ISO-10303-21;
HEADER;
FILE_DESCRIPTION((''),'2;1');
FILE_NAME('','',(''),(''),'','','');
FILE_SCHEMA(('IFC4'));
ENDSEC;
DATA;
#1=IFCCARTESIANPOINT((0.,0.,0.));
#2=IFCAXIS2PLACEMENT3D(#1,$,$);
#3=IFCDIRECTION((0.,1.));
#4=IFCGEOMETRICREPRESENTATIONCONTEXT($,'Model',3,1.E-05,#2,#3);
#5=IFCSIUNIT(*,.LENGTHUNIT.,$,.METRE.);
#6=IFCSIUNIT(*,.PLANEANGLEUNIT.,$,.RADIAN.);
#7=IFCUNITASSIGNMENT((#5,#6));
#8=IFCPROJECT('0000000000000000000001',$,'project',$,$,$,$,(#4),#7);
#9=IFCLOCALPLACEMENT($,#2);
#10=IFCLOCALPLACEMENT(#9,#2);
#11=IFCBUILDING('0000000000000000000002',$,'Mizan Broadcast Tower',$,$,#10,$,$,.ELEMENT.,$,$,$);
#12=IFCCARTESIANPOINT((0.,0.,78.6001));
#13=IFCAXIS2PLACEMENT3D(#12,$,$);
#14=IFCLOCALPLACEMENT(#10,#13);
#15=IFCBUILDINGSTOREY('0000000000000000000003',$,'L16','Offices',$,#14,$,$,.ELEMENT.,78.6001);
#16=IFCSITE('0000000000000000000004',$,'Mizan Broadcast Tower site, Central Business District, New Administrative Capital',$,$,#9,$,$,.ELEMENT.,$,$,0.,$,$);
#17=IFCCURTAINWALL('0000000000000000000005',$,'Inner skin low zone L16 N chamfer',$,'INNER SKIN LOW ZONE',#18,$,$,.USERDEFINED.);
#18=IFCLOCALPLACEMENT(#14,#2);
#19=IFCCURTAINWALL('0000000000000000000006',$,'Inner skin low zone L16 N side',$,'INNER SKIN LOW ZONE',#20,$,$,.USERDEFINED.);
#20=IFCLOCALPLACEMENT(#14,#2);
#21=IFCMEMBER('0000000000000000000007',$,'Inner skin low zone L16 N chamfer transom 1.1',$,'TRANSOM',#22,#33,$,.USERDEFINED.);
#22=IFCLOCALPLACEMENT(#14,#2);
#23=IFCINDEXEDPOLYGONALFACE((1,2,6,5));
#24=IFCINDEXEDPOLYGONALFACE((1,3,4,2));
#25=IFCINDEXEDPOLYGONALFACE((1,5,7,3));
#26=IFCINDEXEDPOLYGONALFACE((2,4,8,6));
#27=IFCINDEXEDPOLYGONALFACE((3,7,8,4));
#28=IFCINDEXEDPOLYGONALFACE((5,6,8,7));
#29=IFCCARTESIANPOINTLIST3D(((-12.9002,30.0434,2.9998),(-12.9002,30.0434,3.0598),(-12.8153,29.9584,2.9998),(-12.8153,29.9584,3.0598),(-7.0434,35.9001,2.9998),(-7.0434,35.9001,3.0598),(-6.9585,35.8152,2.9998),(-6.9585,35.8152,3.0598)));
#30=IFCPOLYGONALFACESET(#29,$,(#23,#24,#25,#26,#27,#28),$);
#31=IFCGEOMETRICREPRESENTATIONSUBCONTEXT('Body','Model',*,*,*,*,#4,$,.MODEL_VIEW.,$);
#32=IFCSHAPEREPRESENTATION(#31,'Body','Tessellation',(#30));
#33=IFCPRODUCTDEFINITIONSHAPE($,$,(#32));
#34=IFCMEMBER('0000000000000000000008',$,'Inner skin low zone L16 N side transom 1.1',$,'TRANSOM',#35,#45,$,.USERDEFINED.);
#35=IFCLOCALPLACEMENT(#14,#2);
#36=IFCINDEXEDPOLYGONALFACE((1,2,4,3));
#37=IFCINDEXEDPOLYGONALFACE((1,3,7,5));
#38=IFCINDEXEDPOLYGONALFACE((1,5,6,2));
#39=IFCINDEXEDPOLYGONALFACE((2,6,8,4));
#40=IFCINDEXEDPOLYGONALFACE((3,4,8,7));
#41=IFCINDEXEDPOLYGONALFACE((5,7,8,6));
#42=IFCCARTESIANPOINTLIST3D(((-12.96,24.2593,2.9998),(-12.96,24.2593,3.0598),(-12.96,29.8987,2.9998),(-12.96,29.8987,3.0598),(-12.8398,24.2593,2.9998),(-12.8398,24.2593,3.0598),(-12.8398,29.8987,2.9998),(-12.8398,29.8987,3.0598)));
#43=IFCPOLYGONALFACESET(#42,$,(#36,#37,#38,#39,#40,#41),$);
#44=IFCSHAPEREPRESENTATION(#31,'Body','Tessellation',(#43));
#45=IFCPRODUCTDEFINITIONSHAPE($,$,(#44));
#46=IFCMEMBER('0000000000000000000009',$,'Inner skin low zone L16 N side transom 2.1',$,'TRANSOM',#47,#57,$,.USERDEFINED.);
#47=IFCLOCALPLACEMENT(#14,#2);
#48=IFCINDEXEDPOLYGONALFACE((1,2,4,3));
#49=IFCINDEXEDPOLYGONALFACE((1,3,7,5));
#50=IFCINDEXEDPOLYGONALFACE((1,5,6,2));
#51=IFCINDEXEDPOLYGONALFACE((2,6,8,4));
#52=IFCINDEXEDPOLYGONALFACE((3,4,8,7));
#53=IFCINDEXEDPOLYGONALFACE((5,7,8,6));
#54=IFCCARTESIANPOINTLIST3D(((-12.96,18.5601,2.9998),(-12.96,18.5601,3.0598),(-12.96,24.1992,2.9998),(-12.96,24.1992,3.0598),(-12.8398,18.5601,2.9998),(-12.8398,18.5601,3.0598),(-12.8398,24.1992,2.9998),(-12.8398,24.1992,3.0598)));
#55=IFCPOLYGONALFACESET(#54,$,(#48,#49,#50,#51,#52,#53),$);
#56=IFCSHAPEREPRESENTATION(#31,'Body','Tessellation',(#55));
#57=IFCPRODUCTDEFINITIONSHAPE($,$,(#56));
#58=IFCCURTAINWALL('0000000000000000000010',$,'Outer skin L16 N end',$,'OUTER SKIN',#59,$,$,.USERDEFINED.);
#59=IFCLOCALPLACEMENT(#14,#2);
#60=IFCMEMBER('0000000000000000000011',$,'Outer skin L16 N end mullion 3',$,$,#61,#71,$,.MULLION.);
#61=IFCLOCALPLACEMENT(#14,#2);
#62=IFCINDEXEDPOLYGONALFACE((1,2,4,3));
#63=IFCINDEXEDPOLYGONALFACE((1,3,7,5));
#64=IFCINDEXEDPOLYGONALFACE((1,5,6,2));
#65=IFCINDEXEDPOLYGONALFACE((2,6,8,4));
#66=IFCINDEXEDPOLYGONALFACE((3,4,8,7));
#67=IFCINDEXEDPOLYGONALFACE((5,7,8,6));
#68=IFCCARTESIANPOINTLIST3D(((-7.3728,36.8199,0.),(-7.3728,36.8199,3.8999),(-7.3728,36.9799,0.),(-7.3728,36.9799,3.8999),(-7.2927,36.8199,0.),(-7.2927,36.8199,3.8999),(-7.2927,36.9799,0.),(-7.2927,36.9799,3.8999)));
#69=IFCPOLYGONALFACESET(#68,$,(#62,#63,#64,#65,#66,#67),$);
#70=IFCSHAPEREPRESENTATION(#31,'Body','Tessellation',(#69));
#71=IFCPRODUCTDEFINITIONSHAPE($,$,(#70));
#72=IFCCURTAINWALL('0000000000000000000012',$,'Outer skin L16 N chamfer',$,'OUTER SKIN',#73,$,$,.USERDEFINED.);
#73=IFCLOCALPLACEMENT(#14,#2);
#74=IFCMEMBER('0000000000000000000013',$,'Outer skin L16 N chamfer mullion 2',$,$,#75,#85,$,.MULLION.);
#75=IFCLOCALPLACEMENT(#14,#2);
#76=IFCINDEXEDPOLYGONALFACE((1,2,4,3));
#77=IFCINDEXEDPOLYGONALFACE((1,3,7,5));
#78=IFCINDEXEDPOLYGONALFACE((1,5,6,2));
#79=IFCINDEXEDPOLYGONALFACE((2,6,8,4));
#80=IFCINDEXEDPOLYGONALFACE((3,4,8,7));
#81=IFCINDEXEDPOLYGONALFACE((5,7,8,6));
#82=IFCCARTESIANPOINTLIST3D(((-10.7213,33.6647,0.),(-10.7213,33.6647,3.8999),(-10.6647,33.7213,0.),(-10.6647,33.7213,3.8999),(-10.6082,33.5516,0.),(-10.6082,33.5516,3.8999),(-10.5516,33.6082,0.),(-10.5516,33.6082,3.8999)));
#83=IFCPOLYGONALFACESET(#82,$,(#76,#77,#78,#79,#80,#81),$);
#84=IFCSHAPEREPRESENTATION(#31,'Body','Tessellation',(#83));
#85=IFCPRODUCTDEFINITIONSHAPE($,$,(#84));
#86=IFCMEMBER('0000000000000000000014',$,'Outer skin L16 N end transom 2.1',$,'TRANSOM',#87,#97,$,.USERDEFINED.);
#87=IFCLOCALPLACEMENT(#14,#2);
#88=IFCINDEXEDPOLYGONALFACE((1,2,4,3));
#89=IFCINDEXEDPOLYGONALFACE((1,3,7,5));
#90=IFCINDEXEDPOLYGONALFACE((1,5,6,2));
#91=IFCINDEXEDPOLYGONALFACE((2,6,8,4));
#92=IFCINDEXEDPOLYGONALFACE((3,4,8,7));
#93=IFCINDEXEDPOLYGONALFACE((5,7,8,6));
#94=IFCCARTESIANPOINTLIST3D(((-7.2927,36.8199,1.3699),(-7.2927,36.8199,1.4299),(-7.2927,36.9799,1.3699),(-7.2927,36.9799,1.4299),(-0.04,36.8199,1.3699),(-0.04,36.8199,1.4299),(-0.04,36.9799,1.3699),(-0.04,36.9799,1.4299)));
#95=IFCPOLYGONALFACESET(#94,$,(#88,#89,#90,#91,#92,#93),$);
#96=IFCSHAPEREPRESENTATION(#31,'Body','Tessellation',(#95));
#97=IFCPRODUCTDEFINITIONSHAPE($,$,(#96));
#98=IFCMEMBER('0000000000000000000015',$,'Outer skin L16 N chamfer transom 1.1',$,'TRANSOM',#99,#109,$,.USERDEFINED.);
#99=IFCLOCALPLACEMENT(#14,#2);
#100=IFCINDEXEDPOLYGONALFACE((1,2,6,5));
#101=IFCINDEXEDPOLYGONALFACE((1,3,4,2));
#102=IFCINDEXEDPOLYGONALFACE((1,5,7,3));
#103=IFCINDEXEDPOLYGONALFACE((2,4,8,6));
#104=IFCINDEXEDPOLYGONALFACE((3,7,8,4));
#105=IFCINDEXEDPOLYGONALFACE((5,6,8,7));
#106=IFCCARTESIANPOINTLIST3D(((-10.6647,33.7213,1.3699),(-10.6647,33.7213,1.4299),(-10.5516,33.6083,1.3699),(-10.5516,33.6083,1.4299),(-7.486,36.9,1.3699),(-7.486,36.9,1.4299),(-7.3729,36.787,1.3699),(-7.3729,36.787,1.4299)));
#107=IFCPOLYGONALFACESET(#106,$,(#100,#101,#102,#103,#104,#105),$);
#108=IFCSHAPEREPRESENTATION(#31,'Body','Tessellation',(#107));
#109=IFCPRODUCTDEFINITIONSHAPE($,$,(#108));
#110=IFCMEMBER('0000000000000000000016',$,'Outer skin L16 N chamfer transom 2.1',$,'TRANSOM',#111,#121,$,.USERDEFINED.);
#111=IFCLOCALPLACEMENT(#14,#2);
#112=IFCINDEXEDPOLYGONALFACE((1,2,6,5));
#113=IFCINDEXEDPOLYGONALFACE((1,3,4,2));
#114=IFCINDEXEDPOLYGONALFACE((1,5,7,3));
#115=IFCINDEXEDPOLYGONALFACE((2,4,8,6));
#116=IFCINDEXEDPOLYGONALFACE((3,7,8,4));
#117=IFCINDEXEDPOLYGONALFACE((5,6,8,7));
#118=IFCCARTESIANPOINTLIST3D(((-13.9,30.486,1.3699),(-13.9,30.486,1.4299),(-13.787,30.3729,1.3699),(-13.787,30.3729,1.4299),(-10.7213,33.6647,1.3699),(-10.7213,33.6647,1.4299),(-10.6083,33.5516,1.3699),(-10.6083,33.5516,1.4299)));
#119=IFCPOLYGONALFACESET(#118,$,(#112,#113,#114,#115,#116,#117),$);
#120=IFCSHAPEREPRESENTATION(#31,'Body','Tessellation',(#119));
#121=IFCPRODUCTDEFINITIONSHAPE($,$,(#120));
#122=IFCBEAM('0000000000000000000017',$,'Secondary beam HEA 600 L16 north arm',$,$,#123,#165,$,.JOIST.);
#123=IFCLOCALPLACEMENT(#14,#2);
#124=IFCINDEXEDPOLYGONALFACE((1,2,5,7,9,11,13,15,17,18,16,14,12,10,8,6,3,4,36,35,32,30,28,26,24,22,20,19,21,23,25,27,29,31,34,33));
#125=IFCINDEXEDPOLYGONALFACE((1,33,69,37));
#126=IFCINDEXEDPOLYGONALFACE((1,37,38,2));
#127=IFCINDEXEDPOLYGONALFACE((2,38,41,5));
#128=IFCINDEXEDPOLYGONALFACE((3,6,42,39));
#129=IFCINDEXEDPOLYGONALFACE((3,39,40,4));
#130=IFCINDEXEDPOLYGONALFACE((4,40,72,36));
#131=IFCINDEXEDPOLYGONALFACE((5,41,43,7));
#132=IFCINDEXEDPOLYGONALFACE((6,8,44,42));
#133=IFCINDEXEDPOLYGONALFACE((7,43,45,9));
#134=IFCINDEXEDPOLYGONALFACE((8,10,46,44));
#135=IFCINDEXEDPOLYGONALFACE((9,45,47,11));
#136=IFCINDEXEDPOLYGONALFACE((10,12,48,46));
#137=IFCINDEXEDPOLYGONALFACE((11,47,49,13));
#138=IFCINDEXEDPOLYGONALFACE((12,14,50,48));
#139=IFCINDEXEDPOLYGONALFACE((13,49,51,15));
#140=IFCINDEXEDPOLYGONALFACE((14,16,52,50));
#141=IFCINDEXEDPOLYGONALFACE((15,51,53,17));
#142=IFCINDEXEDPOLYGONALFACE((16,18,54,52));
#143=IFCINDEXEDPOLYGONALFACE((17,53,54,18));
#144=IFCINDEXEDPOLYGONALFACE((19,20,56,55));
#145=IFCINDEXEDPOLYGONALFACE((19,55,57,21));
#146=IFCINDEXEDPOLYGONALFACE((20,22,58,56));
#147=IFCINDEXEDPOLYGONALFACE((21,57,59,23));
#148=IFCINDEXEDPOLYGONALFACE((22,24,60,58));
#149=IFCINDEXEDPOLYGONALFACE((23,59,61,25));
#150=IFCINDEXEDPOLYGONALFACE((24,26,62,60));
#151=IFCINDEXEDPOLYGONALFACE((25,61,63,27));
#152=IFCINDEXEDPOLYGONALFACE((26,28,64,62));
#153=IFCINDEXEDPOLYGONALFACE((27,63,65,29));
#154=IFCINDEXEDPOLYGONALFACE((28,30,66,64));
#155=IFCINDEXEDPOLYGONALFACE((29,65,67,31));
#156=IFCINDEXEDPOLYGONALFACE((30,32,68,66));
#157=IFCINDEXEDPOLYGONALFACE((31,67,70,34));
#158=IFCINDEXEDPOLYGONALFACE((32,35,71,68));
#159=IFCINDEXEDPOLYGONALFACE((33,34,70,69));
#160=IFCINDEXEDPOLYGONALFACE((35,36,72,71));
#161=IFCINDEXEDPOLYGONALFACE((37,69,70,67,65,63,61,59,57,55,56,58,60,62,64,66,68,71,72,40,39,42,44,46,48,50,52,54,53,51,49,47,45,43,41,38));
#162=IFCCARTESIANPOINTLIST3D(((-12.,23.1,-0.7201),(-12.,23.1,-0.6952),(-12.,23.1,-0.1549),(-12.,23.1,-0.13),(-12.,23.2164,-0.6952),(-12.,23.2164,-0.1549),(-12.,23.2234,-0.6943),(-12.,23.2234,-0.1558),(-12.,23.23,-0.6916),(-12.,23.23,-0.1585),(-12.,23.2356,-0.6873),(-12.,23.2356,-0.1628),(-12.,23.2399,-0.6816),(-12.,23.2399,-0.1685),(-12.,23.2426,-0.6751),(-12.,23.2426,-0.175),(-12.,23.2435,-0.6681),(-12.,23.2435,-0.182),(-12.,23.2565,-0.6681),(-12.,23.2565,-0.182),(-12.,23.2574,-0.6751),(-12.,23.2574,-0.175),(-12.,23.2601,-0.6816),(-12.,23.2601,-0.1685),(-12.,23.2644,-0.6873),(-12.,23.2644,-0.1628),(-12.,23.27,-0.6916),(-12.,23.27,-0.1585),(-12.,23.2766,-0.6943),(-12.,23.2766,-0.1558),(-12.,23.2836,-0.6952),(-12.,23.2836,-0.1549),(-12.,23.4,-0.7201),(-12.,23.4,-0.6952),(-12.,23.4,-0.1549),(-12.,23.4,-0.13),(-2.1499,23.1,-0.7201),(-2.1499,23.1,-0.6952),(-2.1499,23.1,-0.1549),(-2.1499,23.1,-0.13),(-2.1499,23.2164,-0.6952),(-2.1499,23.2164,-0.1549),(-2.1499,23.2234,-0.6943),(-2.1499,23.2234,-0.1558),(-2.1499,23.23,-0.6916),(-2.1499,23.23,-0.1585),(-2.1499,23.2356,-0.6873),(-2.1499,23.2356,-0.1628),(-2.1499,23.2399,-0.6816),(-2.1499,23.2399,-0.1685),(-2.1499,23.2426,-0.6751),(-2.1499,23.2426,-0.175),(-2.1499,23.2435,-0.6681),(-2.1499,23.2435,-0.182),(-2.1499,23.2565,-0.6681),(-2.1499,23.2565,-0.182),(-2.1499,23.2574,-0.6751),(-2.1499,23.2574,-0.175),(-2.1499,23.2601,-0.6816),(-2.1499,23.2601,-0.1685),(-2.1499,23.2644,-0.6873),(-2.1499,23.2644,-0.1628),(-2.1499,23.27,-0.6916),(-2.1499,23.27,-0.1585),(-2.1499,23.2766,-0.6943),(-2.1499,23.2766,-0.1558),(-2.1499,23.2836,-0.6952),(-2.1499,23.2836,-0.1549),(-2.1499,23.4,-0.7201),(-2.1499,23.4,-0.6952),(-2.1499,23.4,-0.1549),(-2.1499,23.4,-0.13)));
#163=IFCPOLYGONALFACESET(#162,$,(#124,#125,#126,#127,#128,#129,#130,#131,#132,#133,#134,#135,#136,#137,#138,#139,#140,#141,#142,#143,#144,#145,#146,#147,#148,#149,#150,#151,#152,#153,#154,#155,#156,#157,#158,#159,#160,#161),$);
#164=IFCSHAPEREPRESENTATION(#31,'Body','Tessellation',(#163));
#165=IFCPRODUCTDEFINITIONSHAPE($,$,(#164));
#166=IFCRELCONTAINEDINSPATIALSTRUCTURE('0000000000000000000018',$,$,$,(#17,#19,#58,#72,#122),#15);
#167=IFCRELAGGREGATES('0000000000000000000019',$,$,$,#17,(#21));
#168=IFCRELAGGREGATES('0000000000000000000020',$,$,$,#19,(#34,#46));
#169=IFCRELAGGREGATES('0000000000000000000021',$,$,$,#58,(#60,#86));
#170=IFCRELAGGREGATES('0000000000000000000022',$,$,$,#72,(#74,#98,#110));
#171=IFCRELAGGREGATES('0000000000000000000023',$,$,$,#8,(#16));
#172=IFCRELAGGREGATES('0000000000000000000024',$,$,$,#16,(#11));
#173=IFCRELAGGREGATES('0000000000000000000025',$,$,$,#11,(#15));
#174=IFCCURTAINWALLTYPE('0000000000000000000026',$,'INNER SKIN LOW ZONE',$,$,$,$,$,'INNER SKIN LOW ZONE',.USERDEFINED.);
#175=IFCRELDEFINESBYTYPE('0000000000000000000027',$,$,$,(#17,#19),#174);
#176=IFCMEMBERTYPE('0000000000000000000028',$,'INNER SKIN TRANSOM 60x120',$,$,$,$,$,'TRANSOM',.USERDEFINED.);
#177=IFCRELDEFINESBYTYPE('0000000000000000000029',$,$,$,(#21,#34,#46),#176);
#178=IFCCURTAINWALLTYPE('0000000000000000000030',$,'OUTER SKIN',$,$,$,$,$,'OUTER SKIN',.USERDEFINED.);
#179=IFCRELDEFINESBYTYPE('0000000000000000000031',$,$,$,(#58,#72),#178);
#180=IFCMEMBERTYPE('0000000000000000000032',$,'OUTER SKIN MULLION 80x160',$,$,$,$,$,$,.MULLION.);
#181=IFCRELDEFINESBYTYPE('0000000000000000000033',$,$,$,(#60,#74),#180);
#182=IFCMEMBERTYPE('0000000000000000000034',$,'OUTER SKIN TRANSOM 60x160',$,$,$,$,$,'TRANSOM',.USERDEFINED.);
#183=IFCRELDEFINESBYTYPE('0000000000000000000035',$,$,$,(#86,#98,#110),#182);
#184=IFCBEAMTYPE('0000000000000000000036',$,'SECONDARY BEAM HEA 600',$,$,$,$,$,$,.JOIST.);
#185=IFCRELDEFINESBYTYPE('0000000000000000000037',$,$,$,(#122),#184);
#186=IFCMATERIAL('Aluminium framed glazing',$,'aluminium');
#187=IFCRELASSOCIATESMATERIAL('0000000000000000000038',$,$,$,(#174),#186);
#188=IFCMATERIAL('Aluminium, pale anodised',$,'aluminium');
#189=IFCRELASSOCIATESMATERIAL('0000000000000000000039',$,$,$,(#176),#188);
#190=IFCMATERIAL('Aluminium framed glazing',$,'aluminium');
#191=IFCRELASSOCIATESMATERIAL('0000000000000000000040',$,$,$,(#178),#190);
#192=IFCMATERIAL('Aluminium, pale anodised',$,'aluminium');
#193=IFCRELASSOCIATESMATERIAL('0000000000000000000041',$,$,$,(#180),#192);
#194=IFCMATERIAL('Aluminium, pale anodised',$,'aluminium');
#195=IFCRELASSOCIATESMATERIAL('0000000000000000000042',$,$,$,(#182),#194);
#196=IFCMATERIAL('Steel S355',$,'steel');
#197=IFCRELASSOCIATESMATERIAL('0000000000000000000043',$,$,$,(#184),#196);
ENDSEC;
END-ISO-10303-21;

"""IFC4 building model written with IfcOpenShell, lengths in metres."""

from ifc_helpers import new_model, si_unit, direction, frame, origin, origin_2d, place, context, subcontext, project, spatial, rectangle, i_section, extrude, material, material_profile, profile_set, type_object, element, aggregate, save


model = new_model("IFC4")

# Units and contexts
model_context = context("Model", 3, precision=1e-05, world=origin(), true_north=direction((0.0, 1.0)))
body_context = subcontext(model_context, "Body", "Model", "MODEL_VIEW")
ifc_project = project(units=[si_unit("LENGTHUNIT", "METRE"), si_unit("PLANEANGLEUNIT", "RADIAN")], contexts=[model_context])

# Site, building, storey
site_placement = place(None, origin())
site = spatial("IfcSite", under=ifc_project, at=site_placement, Name="Mizan Broadcast Tower site, Central Business District, New Administrative Capital", CompositionType="ELEMENT", RefElevation=0.0)
building_placement = place(site_placement, origin())
building = spatial("IfcBuilding", under=site, at=building_placement, Name="Mizan Broadcast Tower", CompositionType="ELEMENT")
storey_placement = place(building_placement, frame((0.0, 0.0, 78.6001)))
storey = spatial("IfcBuildingStorey", under=building, at=storey_placement, Name="L16", Description="Offices", CompositionType="ELEMENT", Elevation=78.6001)

# Curtain walls
ifc_material_1 = material(Name="Aluminium framed glazing", Category="aluminium")
curtain_wall_type_1 = type_object("IfcCurtainWallType", Name="INNER SKIN LOW ZONE", ElementType="INNER SKIN LOW ZONE", PredefinedType="USERDEFINED", material=ifc_material_1)
curtain_wall_1_placement = place(storey_placement, origin())
curtain_wall_1 = element("IfcCurtainWall", 1, at=curtain_wall_1_placement, inside=storey, type_object=curtain_wall_type_1, Name="Inner skin low zone L16 N chamfer", ObjectType="INNER SKIN LOW ZONE", PredefinedType="USERDEFINED")
curtain_wall_2_placement = place(storey_placement, origin())
curtain_wall_2 = element("IfcCurtainWall", 2, at=curtain_wall_2_placement, inside=storey, type_object=curtain_wall_type_1, Name="Inner skin low zone L16 N side", ObjectType="INNER SKIN LOW ZONE", PredefinedType="USERDEFINED")

# Members
ifc_material_2 = material(Name="Aluminium, pale anodised", Category="aluminium")
ifc_material_profile_1 = material_profile(ifc_material_2, rectangle(XDim=0.1201, YDim=0.0601, at=origin_2d()), Name="TRANSOM 120x60")
ifc_profile_set_1 = profile_set([ifc_material_profile_1], Name="Aluminium, pale anodised")
member_type_1 = type_object("IfcMemberType", Name="INNER SKIN TRANSOM 60x120", ElementType="TRANSOM", PredefinedType="USERDEFINED", material=ifc_profile_set_1)
member_1_placement = place(storey_placement, frame((-7.001, 35.8577, 3.0298), z_axis=(-0.707107, -0.707107, 0.0), x_axis=(0.707107, -0.707107, 0.0)))
member_1 = element("IfcMember", 3, at=member_1_placement, type_object=member_type_1, Name="Inner skin low zone L16 N chamfer transom 1.1", ObjectType="TRANSOM", PredefinedType="USERDEFINED", context=body_context, shape_type="SweptSolid", body=[
    extrude(rectangle(XDim=0.1201, YDim=0.0601, at=origin_2d()), origin(), (0.0, 0.0, 1.0), 8.2827),
])
member_2_placement = place(storey_placement, frame((-12.8999, 29.8987, 3.0298), z_axis=(0.0, -1.0, 0.0), x_axis=(1.0, 0.0, 0.0)))
member_2 = element("IfcMember", 4, at=member_2_placement, type_object=member_type_1, Name="Inner skin low zone L16 N side transom 1.1", ObjectType="TRANSOM", PredefinedType="USERDEFINED", context=body_context, shape_type="SweptSolid", body=[
    extrude(rectangle(XDim=0.1201, YDim=0.0601, at=origin_2d()), origin(), (0.0, 0.0, 1.0), 5.6394),
])
member_3_placement = place(storey_placement, frame((-12.8999, 24.1992, 3.0298), z_axis=(0.0, -1.0, 0.0), x_axis=(1.0, 0.0, 0.0)))
member_3 = element("IfcMember", 5, at=member_3_placement, type_object=member_type_1, Name="Inner skin low zone L16 N side transom 2.1", ObjectType="TRANSOM", PredefinedType="USERDEFINED", context=body_context, shape_type="SweptSolid", body=[
    extrude(rectangle(XDim=0.1201, YDim=0.0601, at=origin_2d()), origin(), (0.0, 0.0, 1.0), 5.6392),
])

# Curtain walls, members
ifc_material_3 = material(Name="Aluminium framed glazing", Category="aluminium")
curtain_wall_type_2 = type_object("IfcCurtainWallType", Name="OUTER SKIN", ElementType="OUTER SKIN", PredefinedType="USERDEFINED", material=ifc_material_3)
curtain_wall_3_placement = place(storey_placement, origin())
curtain_wall_3 = element("IfcCurtainWall", 6, at=curtain_wall_3_placement, inside=storey, type_object=curtain_wall_type_2, Name="Outer skin L16 N end", ObjectType="OUTER SKIN", PredefinedType="USERDEFINED")
ifc_material_4 = material(Name="Aluminium, pale anodised", Category="aluminium")
ifc_material_profile_2 = material_profile(ifc_material_4, rectangle(XDim=0.1599, YDim=0.0801, at=origin_2d()), Name="MULLION 160x80")
ifc_profile_set_2 = profile_set([ifc_material_profile_2], Name="Aluminium, pale anodised")
member_type_2 = type_object("IfcMemberType", Name="OUTER SKIN MULLION 80x160", PredefinedType="MULLION", material=ifc_profile_set_2)
member_4_placement = place(storey_placement, frame((-7.3328, 36.8999, 0.0), z_axis=(0.0, 0.0, 1.0), x_axis=(0.0, -1.0, 0.0)))
member_4 = element("IfcMember", 7, at=member_4_placement, type_object=member_type_2, Name="Outer skin L16 N end mullion 3", PredefinedType="MULLION", context=body_context, shape_type="SweptSolid", body=[
    extrude(rectangle(XDim=0.1599, YDim=0.0801, at=origin_2d()), origin(), (0.0, 0.0, 1.0), 3.8999),
])
curtain_wall_4_placement = place(storey_placement, origin())
curtain_wall_4 = element("IfcCurtainWall", 8, at=curtain_wall_4_placement, inside=storey, type_object=curtain_wall_type_2, Name="Outer skin L16 N chamfer", ObjectType="OUTER SKIN", PredefinedType="USERDEFINED")
member_5_placement = place(storey_placement, frame((-10.6365, 33.6365, 0.0), z_axis=(0.0, 0.0, 1.0), x_axis=(0.707107, -0.707107, 0.0)))
member_5 = element("IfcMember", 9, at=member_5_placement, type_object=member_type_2, Name="Outer skin L16 N chamfer mullion 2", PredefinedType="MULLION", context=body_context, shape_type="SweptSolid", body=[
    extrude(rectangle(XDim=0.1599, YDim=0.0801, at=origin_2d()), origin(), (0.0, 0.0, 1.0), 3.8999),
])

# Members
ifc_material_5 = material(Name="Aluminium, pale anodised", Category="aluminium")
ifc_material_profile_3 = material_profile(ifc_material_5, rectangle(XDim=0.1599, YDim=0.0601, at=origin_2d()), Name="TRANSOM 160x60")
ifc_profile_set_3 = profile_set([ifc_material_profile_3], Name="Aluminium, pale anodised")
member_type_3 = type_object("IfcMemberType", Name="OUTER SKIN TRANSOM 60x160", ElementType="TRANSOM", PredefinedType="USERDEFINED", material=ifc_profile_set_3)
member_6_placement = place(storey_placement, frame((-0.04, 36.8999, 1.3999), z_axis=(-1.0, 0.0, 0.0), x_axis=(0.0, -1.0, 0.0)))
member_6 = element("IfcMember", 10, at=member_6_placement, type_object=member_type_3, Name="Outer skin L16 N end transom 2.1", ObjectType="TRANSOM", PredefinedType="USERDEFINED", context=body_context, shape_type="SweptSolid", body=[
    extrude(rectangle(XDim=0.1599, YDim=0.0601, at=origin_2d()), origin(), (0.0, 0.0, 1.0), 7.2527),
])
member_7_placement = place(storey_placement, frame((-7.4294, 36.8435, 1.3999), z_axis=(-0.707107, -0.707107, 0.0), x_axis=(0.707107, -0.707107, 0.0)))
member_7 = element("IfcMember", 11, at=member_7_placement, type_object=member_type_3, Name="Outer skin L16 N chamfer transom 1.1", ObjectType="TRANSOM", PredefinedType="USERDEFINED", context=body_context, shape_type="SweptSolid", body=[
    extrude(rectangle(XDim=0.1599, YDim=0.0601, at=origin_2d()), origin(), (0.0, 0.0, 1.0), 4.4954),
])
member_8_placement = place(storey_placement, frame((-10.6648, 33.6082, 1.3999), z_axis=(-0.707107, -0.707107, 0.0), x_axis=(0.707107, -0.707107, 0.0)))
member_8 = element("IfcMember", 12, at=member_8_placement, type_object=member_type_3, Name="Outer skin L16 N chamfer transom 2.1", ObjectType="TRANSOM", PredefinedType="USERDEFINED", context=body_context, shape_type="SweptSolid", body=[
    extrude(rectangle(XDim=0.1599, YDim=0.0601, at=origin_2d()), origin(), (0.0, 0.0, 1.0), 4.4954),
])

# Beam
ifc_material_6 = material(Name="Steel S355", Category="steel")
ifc_material_profile_4 = material_profile(ifc_material_6, i_section(OverallWidth=0.3, OverallDepth=0.5901, WebThickness=0.0129, FlangeThickness=0.0249, FilletRadius=0.0271, at=origin_2d()), Name="HEA 600")
ifc_profile_set_4 = profile_set([ifc_material_profile_4], Name="Steel S355")
beam_type_1 = type_object("IfcBeamType", Name="SECONDARY BEAM HEA 600", PredefinedType="JOIST", material=ifc_profile_set_4)
beam_1_placement = place(storey_placement, frame((-12.0, 23.25, -0.425), z_axis=(1.0, 0.0, 0.0), x_axis=(0.0, 1.0, 0.0)))
element("IfcBeam", 13, at=beam_1_placement, inside=storey, type_object=beam_type_1, Name="Secondary beam HEA 600 L16 north arm", PredefinedType="JOIST", context=body_context, shape_type="SweptSolid", body=[
    extrude(i_section(OverallWidth=0.3, OverallDepth=0.5901, WebThickness=0.0129, FlangeThickness=0.0249, FilletRadius=0.0271, at=origin_2d()), origin(), (0.0, 0.0, 1.0), 9.8501),
])

aggregate(curtain_wall_1, [member_1])
aggregate(curtain_wall_2, [member_2, member_3])
aggregate(curtain_wall_3, [member_4, member_6])
aggregate(curtain_wall_4, [member_5, member_7, member_8])

save(model, "model.ifc")
